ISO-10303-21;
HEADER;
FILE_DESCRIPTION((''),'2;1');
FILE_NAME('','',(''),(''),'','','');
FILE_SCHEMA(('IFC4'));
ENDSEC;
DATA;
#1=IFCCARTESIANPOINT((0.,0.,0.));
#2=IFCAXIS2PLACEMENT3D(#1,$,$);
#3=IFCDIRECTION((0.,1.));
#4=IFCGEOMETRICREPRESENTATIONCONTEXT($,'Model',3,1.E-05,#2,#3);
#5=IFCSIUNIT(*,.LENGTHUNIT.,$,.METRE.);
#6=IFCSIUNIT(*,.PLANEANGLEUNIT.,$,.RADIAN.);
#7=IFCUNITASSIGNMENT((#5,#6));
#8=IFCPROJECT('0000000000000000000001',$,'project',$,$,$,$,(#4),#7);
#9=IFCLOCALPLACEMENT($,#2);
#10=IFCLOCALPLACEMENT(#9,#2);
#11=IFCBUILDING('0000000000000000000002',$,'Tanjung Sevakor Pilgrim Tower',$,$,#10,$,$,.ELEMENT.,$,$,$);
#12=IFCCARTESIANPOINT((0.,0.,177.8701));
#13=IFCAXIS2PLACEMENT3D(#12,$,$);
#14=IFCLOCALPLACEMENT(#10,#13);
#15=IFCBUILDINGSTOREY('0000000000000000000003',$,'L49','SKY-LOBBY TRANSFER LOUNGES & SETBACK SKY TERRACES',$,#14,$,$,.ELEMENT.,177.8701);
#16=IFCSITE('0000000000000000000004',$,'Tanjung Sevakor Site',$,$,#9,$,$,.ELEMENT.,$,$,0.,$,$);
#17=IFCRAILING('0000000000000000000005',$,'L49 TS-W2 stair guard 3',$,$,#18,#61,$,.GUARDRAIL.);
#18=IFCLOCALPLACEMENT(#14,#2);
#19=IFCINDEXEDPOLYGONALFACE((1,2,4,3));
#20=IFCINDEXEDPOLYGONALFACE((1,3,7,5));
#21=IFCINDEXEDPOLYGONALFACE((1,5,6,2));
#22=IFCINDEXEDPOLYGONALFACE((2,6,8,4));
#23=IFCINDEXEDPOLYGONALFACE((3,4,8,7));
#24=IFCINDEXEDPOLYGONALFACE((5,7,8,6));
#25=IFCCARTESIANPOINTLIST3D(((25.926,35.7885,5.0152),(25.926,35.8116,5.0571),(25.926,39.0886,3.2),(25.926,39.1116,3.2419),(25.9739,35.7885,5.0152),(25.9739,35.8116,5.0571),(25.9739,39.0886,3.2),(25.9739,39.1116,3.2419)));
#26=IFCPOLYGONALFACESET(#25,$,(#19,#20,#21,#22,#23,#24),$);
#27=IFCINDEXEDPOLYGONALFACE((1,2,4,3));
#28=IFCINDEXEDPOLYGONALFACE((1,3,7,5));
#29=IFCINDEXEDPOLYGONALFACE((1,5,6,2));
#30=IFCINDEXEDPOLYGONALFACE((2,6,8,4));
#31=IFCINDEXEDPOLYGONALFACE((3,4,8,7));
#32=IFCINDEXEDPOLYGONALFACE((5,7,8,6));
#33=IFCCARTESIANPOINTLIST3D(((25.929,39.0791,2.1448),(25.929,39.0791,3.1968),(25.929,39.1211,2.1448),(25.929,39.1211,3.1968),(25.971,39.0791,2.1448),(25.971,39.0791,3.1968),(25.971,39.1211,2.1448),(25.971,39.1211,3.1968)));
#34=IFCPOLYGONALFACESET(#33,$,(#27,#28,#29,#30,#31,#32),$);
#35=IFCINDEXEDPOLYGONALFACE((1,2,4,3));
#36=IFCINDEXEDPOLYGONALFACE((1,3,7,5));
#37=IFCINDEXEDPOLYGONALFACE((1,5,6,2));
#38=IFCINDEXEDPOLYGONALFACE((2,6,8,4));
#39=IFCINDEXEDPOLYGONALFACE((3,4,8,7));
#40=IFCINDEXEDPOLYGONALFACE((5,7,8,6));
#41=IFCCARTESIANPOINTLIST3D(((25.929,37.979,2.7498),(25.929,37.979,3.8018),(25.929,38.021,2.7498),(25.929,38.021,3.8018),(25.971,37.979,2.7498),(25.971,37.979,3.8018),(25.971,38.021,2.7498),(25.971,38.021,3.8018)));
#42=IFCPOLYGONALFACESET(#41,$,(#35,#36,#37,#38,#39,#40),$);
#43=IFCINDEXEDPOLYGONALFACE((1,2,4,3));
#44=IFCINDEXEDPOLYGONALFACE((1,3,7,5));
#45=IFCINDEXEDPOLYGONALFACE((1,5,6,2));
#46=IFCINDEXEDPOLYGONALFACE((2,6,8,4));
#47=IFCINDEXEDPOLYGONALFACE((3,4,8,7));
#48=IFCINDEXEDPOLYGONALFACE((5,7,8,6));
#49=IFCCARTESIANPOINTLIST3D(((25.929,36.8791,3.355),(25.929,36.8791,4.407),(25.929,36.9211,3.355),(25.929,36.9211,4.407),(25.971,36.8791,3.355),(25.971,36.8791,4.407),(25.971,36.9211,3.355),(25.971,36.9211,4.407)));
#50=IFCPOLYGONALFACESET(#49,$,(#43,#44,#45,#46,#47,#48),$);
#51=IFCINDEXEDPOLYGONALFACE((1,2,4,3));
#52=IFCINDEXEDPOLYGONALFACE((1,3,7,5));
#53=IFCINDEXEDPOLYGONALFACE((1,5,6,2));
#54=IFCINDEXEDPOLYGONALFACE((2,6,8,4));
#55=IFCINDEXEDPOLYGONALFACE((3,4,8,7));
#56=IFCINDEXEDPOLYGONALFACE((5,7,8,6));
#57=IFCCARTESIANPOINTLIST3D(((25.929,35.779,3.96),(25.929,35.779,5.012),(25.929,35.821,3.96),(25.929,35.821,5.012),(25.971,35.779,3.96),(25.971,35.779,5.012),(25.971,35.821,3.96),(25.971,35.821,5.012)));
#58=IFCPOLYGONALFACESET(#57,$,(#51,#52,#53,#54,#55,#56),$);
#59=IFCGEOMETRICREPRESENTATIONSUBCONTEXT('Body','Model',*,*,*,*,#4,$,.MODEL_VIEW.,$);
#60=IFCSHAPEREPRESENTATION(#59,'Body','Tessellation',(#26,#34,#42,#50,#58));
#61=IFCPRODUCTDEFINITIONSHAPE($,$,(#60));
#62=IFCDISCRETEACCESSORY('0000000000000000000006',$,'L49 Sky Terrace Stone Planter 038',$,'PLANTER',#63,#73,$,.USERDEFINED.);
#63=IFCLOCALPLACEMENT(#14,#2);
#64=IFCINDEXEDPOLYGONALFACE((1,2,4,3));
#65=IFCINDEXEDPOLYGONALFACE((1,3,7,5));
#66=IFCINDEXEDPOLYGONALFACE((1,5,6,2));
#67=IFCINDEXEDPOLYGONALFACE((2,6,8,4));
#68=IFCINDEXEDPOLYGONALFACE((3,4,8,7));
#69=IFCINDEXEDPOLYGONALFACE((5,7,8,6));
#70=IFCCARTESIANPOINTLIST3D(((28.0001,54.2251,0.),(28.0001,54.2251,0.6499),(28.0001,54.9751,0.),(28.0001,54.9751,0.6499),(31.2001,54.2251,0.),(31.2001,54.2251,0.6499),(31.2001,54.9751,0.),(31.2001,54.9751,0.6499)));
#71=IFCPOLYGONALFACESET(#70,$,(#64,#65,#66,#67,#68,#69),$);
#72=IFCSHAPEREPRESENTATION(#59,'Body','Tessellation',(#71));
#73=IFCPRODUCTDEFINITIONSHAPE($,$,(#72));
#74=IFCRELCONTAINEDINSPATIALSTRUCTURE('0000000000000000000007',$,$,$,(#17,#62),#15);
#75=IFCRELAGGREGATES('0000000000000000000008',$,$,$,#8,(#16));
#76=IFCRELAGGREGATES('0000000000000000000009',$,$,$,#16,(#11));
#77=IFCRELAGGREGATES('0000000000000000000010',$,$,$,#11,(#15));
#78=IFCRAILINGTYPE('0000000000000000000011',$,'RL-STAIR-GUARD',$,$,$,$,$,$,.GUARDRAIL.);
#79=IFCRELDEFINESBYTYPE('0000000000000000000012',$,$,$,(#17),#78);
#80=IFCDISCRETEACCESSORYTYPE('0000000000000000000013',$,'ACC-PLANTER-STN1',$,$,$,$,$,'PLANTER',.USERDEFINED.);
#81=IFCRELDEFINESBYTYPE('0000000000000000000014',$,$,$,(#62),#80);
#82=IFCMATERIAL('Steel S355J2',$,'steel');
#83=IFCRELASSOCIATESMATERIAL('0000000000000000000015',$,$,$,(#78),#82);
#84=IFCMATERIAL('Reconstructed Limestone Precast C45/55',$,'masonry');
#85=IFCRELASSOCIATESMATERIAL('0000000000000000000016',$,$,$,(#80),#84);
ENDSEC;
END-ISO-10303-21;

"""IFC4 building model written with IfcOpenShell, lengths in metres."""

from ifc_helpers import new_model, si_unit, direction, frame, origin, origin_2d, place, context, subcontext, project, spatial, rectangle, extrude, material, type_object, element, save


model = new_model("IFC4")

# Units and contexts
model_context = context("Model", 3, precision=1e-05, world=origin(), true_north=direction((0.0, 1.0)))
body_context = subcontext(model_context, "Body", "Model", "MODEL_VIEW")
ifc_project = project(units=[si_unit("LENGTHUNIT", "METRE"), si_unit("PLANEANGLEUNIT", "RADIAN")], contexts=[model_context])

# Site, building, storey
site_placement = place(None, origin())
site = spatial("IfcSite", under=ifc_project, at=site_placement, Name="Tanjung Sevakor Site", CompositionType="ELEMENT", RefElevation=0.0)
building_placement = place(site_placement, origin())
building = spatial("IfcBuilding", under=site, at=building_placement, Name="Tanjung Sevakor Pilgrim Tower", CompositionType="ELEMENT")
storey_placement = place(building_placement, frame((0.0, 0.0, 177.8701)))
storey = spatial("IfcBuildingStorey", under=building, at=storey_placement, Name="L49", Description="SKY-LOBBY TRANSFER LOUNGES & SETBACK SKY TERRACES", CompositionType="ELEMENT", Elevation=177.8701)

# Railing
ifc_material_1 = material(Name="Steel S355J2", Category="steel")
railing_type_1 = type_object("IfcRailingType", Name="RL-STAIR-GUARD", PredefinedType="GUARDRAIL", material=ifc_material_1)
railing_1_placement = place(storey_placement, frame((25.95, 39.1001, 2.1448)))
element("IfcRailing", 1, at=railing_1_placement, inside=storey, type_object=railing_type_1, Name="L49 TS-W2 stair guard 3", PredefinedType="GUARDRAIL", context=body_context, shape_type="SweptSolid", body=[
    extrude(rectangle(XDim=0.0479, YDim=0.0479), frame((0.0, 0.0, 1.0762), z_axis=(0.0, -0.876198, 0.481951), x_axis=(1.0, 0.0, 0.0)), (0.0, 0.0, 1.0), 3.7664),
    extrude(rectangle(XDim=0.042, YDim=0.042), origin(), (0.0, 0.0, 1.0), 1.052),
    extrude(rectangle(XDim=0.042, YDim=0.042), frame((0.0, -1.1001, 0.605)), (0.0, 0.0, 1.0), 1.052),
    extrude(rectangle(XDim=0.042, YDim=0.042), frame((0.0, -2.2, 1.2102)), (0.0, 0.0, 1.0), 1.052),
    extrude(rectangle(XDim=0.042, YDim=0.042), frame((0.0, -3.3, 1.8152)), (0.0, 0.0, 1.0), 1.052),
])

# Discrete accessory
ifc_material_2 = material(Name="Reconstructed Limestone Precast C45/55", Category="masonry")
discrete_accessory_type = type_object("IfcDiscreteAccessoryType", Name="ACC-PLANTER-STN1", ElementType="PLANTER", PredefinedType="USERDEFINED", material=ifc_material_2)
discrete_accessory_placement = place(storey_placement, frame((29.6001, 54.6001, 0.0), z_axis=(0.0, 0.0, 1.0), x_axis=(1.0, 0.0, 0.0)))
element("IfcDiscreteAccessory", 2, at=discrete_accessory_placement, inside=storey, type_object=discrete_accessory_type, Name="L49 Sky Terrace Stone Planter 038", ObjectType="PLANTER", PredefinedType="USERDEFINED", context=body_context, shape_type="SweptSolid", body=[
    extrude(rectangle(XDim=3.2, YDim=0.75, at=origin_2d()), origin(), (0.0, 0.0, 1.0), 0.6499),
])

save(model, "model.ifc")
